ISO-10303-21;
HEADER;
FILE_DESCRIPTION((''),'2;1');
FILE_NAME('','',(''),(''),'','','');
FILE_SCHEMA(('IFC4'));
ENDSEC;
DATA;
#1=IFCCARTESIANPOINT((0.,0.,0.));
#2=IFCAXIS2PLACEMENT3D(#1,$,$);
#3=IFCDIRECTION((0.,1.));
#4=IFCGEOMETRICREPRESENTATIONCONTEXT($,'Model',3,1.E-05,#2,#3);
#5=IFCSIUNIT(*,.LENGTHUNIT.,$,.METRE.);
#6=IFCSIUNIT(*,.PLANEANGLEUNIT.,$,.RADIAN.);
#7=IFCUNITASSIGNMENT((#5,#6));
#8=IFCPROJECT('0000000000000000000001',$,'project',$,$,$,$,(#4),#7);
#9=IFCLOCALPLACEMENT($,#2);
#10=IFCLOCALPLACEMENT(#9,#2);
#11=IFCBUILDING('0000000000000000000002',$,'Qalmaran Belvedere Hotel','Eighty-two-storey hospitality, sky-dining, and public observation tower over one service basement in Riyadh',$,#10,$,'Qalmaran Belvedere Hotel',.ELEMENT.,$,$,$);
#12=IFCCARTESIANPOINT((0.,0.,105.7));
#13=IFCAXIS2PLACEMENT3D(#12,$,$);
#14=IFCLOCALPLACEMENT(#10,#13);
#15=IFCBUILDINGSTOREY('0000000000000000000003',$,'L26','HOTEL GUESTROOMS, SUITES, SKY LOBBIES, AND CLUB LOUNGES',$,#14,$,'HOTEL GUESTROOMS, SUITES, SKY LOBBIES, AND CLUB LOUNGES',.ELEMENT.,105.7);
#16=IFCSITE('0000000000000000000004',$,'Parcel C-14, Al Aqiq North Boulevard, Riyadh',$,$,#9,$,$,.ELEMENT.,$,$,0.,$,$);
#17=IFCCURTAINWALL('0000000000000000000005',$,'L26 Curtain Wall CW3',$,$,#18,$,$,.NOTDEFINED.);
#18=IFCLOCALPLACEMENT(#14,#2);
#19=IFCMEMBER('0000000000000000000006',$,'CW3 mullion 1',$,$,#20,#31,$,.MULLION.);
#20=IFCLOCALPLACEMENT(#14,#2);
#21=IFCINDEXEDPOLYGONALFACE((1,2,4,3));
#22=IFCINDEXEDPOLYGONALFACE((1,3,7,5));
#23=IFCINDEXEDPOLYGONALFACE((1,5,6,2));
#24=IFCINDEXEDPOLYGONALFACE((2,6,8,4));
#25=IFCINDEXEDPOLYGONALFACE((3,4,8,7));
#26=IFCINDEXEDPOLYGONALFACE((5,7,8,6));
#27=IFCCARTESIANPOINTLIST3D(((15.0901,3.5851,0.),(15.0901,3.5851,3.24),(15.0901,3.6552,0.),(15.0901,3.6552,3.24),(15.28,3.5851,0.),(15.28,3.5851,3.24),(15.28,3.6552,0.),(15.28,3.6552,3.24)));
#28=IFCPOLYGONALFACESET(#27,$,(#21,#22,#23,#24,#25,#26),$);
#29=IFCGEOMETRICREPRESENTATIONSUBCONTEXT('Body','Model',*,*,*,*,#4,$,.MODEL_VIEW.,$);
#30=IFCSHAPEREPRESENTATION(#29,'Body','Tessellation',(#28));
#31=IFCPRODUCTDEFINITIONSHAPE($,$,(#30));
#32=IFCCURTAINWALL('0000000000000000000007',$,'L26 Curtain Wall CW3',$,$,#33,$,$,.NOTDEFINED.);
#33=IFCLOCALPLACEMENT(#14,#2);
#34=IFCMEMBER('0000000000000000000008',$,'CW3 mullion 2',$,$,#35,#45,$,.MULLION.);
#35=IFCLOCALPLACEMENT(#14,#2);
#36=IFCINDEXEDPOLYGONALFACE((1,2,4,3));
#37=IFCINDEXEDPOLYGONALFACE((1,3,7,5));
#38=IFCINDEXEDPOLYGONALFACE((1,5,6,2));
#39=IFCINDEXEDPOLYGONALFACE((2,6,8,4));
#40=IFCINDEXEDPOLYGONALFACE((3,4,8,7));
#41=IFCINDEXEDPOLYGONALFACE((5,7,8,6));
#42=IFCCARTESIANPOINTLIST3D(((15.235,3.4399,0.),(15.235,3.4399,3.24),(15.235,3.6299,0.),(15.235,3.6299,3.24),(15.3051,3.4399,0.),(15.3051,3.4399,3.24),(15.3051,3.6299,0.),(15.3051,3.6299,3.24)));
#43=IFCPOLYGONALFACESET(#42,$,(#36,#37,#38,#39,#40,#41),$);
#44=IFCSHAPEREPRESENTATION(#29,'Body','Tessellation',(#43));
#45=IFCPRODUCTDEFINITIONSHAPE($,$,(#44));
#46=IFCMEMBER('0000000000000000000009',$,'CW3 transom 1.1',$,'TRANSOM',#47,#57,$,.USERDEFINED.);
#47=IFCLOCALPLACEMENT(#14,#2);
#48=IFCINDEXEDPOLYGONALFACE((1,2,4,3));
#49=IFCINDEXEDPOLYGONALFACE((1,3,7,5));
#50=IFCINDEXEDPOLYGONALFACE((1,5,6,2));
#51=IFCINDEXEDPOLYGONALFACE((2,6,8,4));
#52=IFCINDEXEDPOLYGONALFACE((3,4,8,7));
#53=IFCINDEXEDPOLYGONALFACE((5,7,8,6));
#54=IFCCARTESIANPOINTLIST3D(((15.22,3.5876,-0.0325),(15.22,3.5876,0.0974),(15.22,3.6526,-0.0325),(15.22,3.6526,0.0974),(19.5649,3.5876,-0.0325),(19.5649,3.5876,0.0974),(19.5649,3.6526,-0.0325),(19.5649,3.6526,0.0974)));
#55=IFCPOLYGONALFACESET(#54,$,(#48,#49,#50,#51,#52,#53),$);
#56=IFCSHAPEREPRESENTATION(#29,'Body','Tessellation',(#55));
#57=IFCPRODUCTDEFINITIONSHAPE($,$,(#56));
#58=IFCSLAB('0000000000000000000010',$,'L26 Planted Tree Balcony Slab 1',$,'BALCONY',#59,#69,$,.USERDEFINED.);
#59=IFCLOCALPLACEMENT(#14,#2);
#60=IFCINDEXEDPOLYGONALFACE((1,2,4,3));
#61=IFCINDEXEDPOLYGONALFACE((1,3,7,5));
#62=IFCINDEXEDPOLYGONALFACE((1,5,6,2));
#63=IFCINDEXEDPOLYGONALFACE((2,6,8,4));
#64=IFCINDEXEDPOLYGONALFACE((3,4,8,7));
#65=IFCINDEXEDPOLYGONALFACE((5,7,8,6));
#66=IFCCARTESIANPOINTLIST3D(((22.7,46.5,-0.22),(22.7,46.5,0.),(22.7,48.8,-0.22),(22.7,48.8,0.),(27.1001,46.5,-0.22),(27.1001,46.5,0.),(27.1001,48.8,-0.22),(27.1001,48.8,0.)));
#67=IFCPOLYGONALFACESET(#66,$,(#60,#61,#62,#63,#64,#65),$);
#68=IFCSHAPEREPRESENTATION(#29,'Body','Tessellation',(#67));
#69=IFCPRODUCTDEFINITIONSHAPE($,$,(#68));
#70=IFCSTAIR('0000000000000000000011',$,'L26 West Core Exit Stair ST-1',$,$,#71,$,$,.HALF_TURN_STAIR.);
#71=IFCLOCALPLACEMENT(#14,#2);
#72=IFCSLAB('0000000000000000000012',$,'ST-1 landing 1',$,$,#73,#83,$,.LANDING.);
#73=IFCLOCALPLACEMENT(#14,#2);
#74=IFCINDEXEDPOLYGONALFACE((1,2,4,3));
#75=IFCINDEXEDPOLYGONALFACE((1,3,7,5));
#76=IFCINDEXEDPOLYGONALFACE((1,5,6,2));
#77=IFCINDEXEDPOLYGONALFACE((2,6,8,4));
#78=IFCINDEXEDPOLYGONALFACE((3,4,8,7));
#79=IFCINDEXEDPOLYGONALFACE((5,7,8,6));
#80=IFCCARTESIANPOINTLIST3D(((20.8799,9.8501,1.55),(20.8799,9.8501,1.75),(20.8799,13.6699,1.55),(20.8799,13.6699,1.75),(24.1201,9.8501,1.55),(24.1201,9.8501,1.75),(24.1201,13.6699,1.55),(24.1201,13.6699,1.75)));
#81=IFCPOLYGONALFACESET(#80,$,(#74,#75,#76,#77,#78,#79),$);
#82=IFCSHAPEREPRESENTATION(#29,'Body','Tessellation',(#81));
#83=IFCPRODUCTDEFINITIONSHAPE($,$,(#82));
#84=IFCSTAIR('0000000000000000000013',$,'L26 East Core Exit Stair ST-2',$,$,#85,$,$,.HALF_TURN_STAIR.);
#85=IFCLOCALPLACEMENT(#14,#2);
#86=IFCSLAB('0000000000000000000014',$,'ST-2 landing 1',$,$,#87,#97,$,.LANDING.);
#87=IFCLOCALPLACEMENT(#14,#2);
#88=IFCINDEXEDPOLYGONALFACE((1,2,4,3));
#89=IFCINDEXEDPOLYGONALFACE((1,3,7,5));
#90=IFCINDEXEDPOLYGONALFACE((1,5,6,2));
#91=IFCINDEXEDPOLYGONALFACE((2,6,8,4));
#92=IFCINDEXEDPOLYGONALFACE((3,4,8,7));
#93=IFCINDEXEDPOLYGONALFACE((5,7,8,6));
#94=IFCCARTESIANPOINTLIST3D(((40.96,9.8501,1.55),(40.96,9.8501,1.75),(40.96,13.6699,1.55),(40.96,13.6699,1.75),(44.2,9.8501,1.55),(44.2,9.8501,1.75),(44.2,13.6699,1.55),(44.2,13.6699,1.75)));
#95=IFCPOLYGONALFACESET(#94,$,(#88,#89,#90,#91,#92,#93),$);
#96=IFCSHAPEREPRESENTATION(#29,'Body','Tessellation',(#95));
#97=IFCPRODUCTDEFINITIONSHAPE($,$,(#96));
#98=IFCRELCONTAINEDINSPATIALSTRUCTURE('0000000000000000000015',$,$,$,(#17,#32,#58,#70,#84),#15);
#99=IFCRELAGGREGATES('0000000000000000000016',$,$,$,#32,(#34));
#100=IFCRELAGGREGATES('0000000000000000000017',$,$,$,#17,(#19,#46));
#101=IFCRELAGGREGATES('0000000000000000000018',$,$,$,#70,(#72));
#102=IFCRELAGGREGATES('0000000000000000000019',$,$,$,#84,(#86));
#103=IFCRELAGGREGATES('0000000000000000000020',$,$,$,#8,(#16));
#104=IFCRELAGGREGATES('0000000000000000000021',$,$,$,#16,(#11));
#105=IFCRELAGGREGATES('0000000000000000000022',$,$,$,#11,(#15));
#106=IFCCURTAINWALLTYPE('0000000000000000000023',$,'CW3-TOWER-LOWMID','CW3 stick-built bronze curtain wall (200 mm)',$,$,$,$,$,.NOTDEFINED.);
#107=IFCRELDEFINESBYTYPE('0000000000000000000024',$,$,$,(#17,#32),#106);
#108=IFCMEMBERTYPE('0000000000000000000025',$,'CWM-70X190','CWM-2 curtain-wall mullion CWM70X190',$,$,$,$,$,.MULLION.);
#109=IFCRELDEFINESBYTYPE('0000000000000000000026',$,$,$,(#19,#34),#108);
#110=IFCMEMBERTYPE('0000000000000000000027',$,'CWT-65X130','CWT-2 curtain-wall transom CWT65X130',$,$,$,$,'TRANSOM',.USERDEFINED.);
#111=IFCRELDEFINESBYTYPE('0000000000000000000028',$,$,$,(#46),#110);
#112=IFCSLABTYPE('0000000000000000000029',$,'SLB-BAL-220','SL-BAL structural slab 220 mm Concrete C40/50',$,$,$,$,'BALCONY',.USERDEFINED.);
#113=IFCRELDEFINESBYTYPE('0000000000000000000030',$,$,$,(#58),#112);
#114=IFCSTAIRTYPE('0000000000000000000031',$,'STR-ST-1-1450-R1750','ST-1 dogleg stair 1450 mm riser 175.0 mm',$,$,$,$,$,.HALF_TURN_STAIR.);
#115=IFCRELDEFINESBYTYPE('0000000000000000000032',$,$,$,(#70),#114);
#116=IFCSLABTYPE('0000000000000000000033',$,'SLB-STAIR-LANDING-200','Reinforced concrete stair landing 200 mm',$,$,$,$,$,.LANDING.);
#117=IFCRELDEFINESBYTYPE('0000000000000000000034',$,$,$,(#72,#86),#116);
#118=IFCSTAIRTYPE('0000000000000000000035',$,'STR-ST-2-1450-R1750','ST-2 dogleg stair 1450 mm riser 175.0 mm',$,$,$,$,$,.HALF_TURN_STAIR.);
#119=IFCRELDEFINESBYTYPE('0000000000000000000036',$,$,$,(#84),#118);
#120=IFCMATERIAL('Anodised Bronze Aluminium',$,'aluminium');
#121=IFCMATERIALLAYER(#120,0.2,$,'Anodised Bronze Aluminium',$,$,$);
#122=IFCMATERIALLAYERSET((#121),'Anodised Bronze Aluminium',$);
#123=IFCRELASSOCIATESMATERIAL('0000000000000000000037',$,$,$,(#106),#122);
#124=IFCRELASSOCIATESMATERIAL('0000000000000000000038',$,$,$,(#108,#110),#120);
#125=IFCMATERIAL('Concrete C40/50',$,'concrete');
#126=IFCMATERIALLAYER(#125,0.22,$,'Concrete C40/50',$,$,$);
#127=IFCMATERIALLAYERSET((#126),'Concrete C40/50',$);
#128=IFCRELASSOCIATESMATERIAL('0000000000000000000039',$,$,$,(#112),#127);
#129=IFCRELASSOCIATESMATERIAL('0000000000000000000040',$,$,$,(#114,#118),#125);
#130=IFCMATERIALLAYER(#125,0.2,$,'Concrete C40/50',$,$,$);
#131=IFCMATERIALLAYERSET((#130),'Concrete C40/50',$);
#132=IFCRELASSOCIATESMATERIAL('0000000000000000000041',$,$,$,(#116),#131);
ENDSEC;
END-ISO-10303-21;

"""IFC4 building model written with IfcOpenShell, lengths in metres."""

from ifc_helpers import new_model, si_unit, direction, frame, origin, origin_2d, place, context, subcontext, project, spatial, polyline, rectangle, outline, extrude, material, layer, layer_set, material_profile, profile_set, type_object, element, aggregate, save


model = new_model("IFC4")

# Units and contexts
model_context = context("Model", 3, precision=1e-05, world=origin(), true_north=direction((0.0, 1.0)))
body_context = subcontext(model_context, "Body", "Model", "MODEL_VIEW")
ifc_project = project(units=[si_unit("LENGTHUNIT", "METRE"), si_unit("PLANEANGLEUNIT", "RADIAN")], contexts=[model_context])

# Site, building, storey
site_placement = place(None, origin())
site = spatial("IfcSite", under=ifc_project, at=site_placement, Name="Parcel C-14, Al Aqiq North Boulevard, Riyadh", CompositionType="ELEMENT", RefElevation=0.0)
building_placement = place(site_placement, origin())
building = spatial("IfcBuilding", under=site, at=building_placement, Name="Qalmaran Belvedere Hotel", Description="Eighty-two-storey hospitality, sky-dining, and public observation tower over one service basement in Riyadh", LongName="Qalmaran Belvedere Hotel", CompositionType="ELEMENT")
storey_placement = place(building_placement, frame((0.0, 0.0, 105.7)))
storey = spatial("IfcBuildingStorey", under=building, at=storey_placement, Name="L26", Description="HOTEL GUESTROOMS, SUITES, SKY LOBBIES, AND CLUB LOUNGES", LongName="HOTEL GUESTROOMS, SUITES, SKY LOBBIES, AND CLUB LOUNGES", CompositionType="ELEMENT", Elevation=105.7)

# Curtain walls, members
ifc_material_1 = material(Name="Anodised Bronze Aluminium", Category="aluminium")
ifc_layer_1 = layer(ifc_material_1, 0.2, Name="Anodised Bronze Aluminium")
ifc_layer_set_1 = layer_set([ifc_layer_1], Name="Anodised Bronze Aluminium")
curtain_wall_type = type_object("IfcCurtainWallType", Name="CW3-TOWER-LOWMID", Description="CW3 stick-built bronze curtain wall (200 mm)", PredefinedType="NOTDEFINED", material=ifc_layer_set_1)
curtain_wall_1_placement = place(storey_placement, origin())
curtain_wall_1 = element("IfcCurtainWall", 1, at=curtain_wall_1_placement, inside=storey, type_object=curtain_wall_type, Name="L26 Curtain Wall CW3", PredefinedType="NOTDEFINED")
ifc_material_profile_1 = material_profile(ifc_material_1, rectangle(XDim=0.0701, YDim=0.1899, at=origin_2d()), Name="CWM70X190")
ifc_profile_set_1 = profile_set([ifc_material_profile_1], Name="Anodised Bronze Aluminium")
member_type_1 = type_object("IfcMemberType", Name="CWM-70X190", Description="CWM-2 curtain-wall mullion CWM70X190", PredefinedType="MULLION", material=ifc_profile_set_1)
member_1_placement = place(storey_placement, frame((15.1851, 3.6201, 0.0), z_axis=(0.0, 0.0, 1.0), x_axis=(0.0, 1.0, 0.0)))
member_1 = element("IfcMember", 2, at=member_1_placement, type_object=member_type_1, Name="CW3 mullion 1", PredefinedType="MULLION", context=body_context, shape_type="SweptSolid", body=[
    extrude(rectangle(XDim=0.0701, YDim=0.1899, at=origin_2d()), origin(), (0.0, 0.0, 1.0), 3.24),
])
curtain_wall_2_placement = place(storey_placement, origin())
curtain_wall_2 = element("IfcCurtainWall", 3, at=curtain_wall_2_placement, inside=storey, type_object=curtain_wall_type, Name="L26 Curtain Wall CW3", PredefinedType="NOTDEFINED")
member_2_placement = place(storey_placement, frame((15.27, 3.5349, 0.0), z_axis=(0.0, 0.0, 1.0), x_axis=(1.0, 0.0, 0.0)))
member_2 = element("IfcMember", 4, at=member_2_placement, type_object=member_type_1, Name="CW3 mullion 2", PredefinedType="MULLION", context=body_context, shape_type="SweptSolid", body=[
    extrude(rectangle(XDim=0.0701, YDim=0.1899, at=origin_2d()), origin(), (0.0, 0.0, 1.0), 3.24),
])
aggregate(curtain_wall_2, [member_2])

# Member
ifc_material_profile_2 = material_profile(ifc_material_1, rectangle(XDim=0.0649, YDim=0.1299, at=origin_2d()), Name="CWT65X130")
ifc_profile_set_2 = profile_set([ifc_material_profile_2], Name="Anodised Bronze Aluminium")
member_type_2 = type_object("IfcMemberType", Name="CWT-65X130", Description="CWT-2 curtain-wall transom CWT65X130", ElementType="TRANSOM", PredefinedType="USERDEFINED", material=ifc_profile_set_2)
member_3_placement = place(storey_placement, frame((15.22, 3.6201, 0.0325), z_axis=(1.0, 0.0, 0.0), x_axis=(0.0, 1.0, 0.0)))
member_3 = element("IfcMember", 5, at=member_3_placement, type_object=member_type_2, Name="CW3 transom 1.1", ObjectType="TRANSOM", PredefinedType="USERDEFINED", context=body_context, shape_type="SweptSolid", body=[
    extrude(rectangle(XDim=0.0649, YDim=0.1299, at=origin_2d()), origin(), (0.0, 0.0, 1.0), 4.345),
])
aggregate(curtain_wall_1, [member_1, member_3])

# Slab
ifc_material_2 = material(Name="Concrete C40/50", Category="concrete")
ifc_layer_2 = layer(ifc_material_2, 0.22, Name="Concrete C40/50")
ifc_layer_set_2 = layer_set([ifc_layer_2], Name="Concrete C40/50")
slab_type_1 = type_object("IfcSlabType", Name="SLB-BAL-220", Description="SL-BAL structural slab 220 mm Concrete C40/50", ElementType="BALCONY", PredefinedType="USERDEFINED", material=ifc_layer_set_2)
slab_1_placement = place(storey_placement, frame((0.0, 0.0, -0.22)))
element("IfcSlab", 6, at=slab_1_placement, inside=storey, type_object=slab_type_1, Name="L26 Planted Tree Balcony Slab 1", ObjectType="BALCONY", PredefinedType="USERDEFINED", context=body_context, shape_type="SweptSolid", body=[
    extrude(outline(polyline([(22.7, 46.5), (27.1001, 46.5), (27.1001, 48.8), (22.7, 48.8), (22.7, 46.5)])), origin(), (0.0, 0.0, 1.0), 0.22),
])

# Stairs, slabs
stair_type_1 = type_object("IfcStairType", Name="STR-ST-1-1450-R1750", Description="ST-1 dogleg stair 1450 mm riser 175.0 mm", PredefinedType="HALF_TURN_STAIR", material=ifc_material_2)
stair_1_placement = place(storey_placement, origin())
stair_1 = element("IfcStair", 7, at=stair_1_placement, inside=storey, type_object=stair_type_1, Name="L26 West Core Exit Stair ST-1", PredefinedType="HALF_TURN_STAIR")
ifc_layer_3 = layer(ifc_material_2, 0.2, Name="Concrete C40/50")
ifc_layer_set_3 = layer_set([ifc_layer_3], Name="Concrete C40/50")
slab_type_2 = type_object("IfcSlabType", Name="SLB-STAIR-LANDING-200", Description="Reinforced concrete stair landing 200 mm", PredefinedType="LANDING", material=ifc_layer_set_3)
slab_2_placement = place(storey_placement, frame((0.0, 0.0, 1.55)))
slab_2 = element("IfcSlab", 8, at=slab_2_placement, type_object=slab_type_2, Name="ST-1 landing 1", PredefinedType="LANDING", context=body_context, shape_type="SweptSolid", body=[
    extrude(outline(polyline([(20.8799, 13.6699), (20.8799, 9.8501), (24.1201, 9.8501), (24.1201, 13.6699), (20.8799, 13.6699)])), origin(), (0.0, 0.0, 1.0), 0.2),
])
aggregate(stair_1, [slab_2])
stair_type_2 = type_object("IfcStairType", Name="STR-ST-2-1450-R1750", Description="ST-2 dogleg stair 1450 mm riser 175.0 mm", PredefinedType="HALF_TURN_STAIR", material=ifc_material_2)
stair_2_placement = place(storey_placement, origin())
stair_2 = element("IfcStair", 9, at=stair_2_placement, inside=storey, type_object=stair_type_2, Name="L26 East Core Exit Stair ST-2", PredefinedType="HALF_TURN_STAIR")
slab_3_placement = place(storey_placement, frame((0.0, 0.0, 1.55)))
slab_3 = element("IfcSlab", 10, at=slab_3_placement, type_object=slab_type_2, Name="ST-2 landing 1", PredefinedType="LANDING", context=body_context, shape_type="SweptSolid", body=[
    extrude(outline(polyline([(40.96, 13.6699), (40.96, 9.8501), (44.2, 9.8501), (44.2, 13.6699), (40.96, 13.6699)])), origin(), (0.0, 0.0, 1.0), 0.2),
])
aggregate(stair_2, [slab_3])

save(model, "model.ifc")
